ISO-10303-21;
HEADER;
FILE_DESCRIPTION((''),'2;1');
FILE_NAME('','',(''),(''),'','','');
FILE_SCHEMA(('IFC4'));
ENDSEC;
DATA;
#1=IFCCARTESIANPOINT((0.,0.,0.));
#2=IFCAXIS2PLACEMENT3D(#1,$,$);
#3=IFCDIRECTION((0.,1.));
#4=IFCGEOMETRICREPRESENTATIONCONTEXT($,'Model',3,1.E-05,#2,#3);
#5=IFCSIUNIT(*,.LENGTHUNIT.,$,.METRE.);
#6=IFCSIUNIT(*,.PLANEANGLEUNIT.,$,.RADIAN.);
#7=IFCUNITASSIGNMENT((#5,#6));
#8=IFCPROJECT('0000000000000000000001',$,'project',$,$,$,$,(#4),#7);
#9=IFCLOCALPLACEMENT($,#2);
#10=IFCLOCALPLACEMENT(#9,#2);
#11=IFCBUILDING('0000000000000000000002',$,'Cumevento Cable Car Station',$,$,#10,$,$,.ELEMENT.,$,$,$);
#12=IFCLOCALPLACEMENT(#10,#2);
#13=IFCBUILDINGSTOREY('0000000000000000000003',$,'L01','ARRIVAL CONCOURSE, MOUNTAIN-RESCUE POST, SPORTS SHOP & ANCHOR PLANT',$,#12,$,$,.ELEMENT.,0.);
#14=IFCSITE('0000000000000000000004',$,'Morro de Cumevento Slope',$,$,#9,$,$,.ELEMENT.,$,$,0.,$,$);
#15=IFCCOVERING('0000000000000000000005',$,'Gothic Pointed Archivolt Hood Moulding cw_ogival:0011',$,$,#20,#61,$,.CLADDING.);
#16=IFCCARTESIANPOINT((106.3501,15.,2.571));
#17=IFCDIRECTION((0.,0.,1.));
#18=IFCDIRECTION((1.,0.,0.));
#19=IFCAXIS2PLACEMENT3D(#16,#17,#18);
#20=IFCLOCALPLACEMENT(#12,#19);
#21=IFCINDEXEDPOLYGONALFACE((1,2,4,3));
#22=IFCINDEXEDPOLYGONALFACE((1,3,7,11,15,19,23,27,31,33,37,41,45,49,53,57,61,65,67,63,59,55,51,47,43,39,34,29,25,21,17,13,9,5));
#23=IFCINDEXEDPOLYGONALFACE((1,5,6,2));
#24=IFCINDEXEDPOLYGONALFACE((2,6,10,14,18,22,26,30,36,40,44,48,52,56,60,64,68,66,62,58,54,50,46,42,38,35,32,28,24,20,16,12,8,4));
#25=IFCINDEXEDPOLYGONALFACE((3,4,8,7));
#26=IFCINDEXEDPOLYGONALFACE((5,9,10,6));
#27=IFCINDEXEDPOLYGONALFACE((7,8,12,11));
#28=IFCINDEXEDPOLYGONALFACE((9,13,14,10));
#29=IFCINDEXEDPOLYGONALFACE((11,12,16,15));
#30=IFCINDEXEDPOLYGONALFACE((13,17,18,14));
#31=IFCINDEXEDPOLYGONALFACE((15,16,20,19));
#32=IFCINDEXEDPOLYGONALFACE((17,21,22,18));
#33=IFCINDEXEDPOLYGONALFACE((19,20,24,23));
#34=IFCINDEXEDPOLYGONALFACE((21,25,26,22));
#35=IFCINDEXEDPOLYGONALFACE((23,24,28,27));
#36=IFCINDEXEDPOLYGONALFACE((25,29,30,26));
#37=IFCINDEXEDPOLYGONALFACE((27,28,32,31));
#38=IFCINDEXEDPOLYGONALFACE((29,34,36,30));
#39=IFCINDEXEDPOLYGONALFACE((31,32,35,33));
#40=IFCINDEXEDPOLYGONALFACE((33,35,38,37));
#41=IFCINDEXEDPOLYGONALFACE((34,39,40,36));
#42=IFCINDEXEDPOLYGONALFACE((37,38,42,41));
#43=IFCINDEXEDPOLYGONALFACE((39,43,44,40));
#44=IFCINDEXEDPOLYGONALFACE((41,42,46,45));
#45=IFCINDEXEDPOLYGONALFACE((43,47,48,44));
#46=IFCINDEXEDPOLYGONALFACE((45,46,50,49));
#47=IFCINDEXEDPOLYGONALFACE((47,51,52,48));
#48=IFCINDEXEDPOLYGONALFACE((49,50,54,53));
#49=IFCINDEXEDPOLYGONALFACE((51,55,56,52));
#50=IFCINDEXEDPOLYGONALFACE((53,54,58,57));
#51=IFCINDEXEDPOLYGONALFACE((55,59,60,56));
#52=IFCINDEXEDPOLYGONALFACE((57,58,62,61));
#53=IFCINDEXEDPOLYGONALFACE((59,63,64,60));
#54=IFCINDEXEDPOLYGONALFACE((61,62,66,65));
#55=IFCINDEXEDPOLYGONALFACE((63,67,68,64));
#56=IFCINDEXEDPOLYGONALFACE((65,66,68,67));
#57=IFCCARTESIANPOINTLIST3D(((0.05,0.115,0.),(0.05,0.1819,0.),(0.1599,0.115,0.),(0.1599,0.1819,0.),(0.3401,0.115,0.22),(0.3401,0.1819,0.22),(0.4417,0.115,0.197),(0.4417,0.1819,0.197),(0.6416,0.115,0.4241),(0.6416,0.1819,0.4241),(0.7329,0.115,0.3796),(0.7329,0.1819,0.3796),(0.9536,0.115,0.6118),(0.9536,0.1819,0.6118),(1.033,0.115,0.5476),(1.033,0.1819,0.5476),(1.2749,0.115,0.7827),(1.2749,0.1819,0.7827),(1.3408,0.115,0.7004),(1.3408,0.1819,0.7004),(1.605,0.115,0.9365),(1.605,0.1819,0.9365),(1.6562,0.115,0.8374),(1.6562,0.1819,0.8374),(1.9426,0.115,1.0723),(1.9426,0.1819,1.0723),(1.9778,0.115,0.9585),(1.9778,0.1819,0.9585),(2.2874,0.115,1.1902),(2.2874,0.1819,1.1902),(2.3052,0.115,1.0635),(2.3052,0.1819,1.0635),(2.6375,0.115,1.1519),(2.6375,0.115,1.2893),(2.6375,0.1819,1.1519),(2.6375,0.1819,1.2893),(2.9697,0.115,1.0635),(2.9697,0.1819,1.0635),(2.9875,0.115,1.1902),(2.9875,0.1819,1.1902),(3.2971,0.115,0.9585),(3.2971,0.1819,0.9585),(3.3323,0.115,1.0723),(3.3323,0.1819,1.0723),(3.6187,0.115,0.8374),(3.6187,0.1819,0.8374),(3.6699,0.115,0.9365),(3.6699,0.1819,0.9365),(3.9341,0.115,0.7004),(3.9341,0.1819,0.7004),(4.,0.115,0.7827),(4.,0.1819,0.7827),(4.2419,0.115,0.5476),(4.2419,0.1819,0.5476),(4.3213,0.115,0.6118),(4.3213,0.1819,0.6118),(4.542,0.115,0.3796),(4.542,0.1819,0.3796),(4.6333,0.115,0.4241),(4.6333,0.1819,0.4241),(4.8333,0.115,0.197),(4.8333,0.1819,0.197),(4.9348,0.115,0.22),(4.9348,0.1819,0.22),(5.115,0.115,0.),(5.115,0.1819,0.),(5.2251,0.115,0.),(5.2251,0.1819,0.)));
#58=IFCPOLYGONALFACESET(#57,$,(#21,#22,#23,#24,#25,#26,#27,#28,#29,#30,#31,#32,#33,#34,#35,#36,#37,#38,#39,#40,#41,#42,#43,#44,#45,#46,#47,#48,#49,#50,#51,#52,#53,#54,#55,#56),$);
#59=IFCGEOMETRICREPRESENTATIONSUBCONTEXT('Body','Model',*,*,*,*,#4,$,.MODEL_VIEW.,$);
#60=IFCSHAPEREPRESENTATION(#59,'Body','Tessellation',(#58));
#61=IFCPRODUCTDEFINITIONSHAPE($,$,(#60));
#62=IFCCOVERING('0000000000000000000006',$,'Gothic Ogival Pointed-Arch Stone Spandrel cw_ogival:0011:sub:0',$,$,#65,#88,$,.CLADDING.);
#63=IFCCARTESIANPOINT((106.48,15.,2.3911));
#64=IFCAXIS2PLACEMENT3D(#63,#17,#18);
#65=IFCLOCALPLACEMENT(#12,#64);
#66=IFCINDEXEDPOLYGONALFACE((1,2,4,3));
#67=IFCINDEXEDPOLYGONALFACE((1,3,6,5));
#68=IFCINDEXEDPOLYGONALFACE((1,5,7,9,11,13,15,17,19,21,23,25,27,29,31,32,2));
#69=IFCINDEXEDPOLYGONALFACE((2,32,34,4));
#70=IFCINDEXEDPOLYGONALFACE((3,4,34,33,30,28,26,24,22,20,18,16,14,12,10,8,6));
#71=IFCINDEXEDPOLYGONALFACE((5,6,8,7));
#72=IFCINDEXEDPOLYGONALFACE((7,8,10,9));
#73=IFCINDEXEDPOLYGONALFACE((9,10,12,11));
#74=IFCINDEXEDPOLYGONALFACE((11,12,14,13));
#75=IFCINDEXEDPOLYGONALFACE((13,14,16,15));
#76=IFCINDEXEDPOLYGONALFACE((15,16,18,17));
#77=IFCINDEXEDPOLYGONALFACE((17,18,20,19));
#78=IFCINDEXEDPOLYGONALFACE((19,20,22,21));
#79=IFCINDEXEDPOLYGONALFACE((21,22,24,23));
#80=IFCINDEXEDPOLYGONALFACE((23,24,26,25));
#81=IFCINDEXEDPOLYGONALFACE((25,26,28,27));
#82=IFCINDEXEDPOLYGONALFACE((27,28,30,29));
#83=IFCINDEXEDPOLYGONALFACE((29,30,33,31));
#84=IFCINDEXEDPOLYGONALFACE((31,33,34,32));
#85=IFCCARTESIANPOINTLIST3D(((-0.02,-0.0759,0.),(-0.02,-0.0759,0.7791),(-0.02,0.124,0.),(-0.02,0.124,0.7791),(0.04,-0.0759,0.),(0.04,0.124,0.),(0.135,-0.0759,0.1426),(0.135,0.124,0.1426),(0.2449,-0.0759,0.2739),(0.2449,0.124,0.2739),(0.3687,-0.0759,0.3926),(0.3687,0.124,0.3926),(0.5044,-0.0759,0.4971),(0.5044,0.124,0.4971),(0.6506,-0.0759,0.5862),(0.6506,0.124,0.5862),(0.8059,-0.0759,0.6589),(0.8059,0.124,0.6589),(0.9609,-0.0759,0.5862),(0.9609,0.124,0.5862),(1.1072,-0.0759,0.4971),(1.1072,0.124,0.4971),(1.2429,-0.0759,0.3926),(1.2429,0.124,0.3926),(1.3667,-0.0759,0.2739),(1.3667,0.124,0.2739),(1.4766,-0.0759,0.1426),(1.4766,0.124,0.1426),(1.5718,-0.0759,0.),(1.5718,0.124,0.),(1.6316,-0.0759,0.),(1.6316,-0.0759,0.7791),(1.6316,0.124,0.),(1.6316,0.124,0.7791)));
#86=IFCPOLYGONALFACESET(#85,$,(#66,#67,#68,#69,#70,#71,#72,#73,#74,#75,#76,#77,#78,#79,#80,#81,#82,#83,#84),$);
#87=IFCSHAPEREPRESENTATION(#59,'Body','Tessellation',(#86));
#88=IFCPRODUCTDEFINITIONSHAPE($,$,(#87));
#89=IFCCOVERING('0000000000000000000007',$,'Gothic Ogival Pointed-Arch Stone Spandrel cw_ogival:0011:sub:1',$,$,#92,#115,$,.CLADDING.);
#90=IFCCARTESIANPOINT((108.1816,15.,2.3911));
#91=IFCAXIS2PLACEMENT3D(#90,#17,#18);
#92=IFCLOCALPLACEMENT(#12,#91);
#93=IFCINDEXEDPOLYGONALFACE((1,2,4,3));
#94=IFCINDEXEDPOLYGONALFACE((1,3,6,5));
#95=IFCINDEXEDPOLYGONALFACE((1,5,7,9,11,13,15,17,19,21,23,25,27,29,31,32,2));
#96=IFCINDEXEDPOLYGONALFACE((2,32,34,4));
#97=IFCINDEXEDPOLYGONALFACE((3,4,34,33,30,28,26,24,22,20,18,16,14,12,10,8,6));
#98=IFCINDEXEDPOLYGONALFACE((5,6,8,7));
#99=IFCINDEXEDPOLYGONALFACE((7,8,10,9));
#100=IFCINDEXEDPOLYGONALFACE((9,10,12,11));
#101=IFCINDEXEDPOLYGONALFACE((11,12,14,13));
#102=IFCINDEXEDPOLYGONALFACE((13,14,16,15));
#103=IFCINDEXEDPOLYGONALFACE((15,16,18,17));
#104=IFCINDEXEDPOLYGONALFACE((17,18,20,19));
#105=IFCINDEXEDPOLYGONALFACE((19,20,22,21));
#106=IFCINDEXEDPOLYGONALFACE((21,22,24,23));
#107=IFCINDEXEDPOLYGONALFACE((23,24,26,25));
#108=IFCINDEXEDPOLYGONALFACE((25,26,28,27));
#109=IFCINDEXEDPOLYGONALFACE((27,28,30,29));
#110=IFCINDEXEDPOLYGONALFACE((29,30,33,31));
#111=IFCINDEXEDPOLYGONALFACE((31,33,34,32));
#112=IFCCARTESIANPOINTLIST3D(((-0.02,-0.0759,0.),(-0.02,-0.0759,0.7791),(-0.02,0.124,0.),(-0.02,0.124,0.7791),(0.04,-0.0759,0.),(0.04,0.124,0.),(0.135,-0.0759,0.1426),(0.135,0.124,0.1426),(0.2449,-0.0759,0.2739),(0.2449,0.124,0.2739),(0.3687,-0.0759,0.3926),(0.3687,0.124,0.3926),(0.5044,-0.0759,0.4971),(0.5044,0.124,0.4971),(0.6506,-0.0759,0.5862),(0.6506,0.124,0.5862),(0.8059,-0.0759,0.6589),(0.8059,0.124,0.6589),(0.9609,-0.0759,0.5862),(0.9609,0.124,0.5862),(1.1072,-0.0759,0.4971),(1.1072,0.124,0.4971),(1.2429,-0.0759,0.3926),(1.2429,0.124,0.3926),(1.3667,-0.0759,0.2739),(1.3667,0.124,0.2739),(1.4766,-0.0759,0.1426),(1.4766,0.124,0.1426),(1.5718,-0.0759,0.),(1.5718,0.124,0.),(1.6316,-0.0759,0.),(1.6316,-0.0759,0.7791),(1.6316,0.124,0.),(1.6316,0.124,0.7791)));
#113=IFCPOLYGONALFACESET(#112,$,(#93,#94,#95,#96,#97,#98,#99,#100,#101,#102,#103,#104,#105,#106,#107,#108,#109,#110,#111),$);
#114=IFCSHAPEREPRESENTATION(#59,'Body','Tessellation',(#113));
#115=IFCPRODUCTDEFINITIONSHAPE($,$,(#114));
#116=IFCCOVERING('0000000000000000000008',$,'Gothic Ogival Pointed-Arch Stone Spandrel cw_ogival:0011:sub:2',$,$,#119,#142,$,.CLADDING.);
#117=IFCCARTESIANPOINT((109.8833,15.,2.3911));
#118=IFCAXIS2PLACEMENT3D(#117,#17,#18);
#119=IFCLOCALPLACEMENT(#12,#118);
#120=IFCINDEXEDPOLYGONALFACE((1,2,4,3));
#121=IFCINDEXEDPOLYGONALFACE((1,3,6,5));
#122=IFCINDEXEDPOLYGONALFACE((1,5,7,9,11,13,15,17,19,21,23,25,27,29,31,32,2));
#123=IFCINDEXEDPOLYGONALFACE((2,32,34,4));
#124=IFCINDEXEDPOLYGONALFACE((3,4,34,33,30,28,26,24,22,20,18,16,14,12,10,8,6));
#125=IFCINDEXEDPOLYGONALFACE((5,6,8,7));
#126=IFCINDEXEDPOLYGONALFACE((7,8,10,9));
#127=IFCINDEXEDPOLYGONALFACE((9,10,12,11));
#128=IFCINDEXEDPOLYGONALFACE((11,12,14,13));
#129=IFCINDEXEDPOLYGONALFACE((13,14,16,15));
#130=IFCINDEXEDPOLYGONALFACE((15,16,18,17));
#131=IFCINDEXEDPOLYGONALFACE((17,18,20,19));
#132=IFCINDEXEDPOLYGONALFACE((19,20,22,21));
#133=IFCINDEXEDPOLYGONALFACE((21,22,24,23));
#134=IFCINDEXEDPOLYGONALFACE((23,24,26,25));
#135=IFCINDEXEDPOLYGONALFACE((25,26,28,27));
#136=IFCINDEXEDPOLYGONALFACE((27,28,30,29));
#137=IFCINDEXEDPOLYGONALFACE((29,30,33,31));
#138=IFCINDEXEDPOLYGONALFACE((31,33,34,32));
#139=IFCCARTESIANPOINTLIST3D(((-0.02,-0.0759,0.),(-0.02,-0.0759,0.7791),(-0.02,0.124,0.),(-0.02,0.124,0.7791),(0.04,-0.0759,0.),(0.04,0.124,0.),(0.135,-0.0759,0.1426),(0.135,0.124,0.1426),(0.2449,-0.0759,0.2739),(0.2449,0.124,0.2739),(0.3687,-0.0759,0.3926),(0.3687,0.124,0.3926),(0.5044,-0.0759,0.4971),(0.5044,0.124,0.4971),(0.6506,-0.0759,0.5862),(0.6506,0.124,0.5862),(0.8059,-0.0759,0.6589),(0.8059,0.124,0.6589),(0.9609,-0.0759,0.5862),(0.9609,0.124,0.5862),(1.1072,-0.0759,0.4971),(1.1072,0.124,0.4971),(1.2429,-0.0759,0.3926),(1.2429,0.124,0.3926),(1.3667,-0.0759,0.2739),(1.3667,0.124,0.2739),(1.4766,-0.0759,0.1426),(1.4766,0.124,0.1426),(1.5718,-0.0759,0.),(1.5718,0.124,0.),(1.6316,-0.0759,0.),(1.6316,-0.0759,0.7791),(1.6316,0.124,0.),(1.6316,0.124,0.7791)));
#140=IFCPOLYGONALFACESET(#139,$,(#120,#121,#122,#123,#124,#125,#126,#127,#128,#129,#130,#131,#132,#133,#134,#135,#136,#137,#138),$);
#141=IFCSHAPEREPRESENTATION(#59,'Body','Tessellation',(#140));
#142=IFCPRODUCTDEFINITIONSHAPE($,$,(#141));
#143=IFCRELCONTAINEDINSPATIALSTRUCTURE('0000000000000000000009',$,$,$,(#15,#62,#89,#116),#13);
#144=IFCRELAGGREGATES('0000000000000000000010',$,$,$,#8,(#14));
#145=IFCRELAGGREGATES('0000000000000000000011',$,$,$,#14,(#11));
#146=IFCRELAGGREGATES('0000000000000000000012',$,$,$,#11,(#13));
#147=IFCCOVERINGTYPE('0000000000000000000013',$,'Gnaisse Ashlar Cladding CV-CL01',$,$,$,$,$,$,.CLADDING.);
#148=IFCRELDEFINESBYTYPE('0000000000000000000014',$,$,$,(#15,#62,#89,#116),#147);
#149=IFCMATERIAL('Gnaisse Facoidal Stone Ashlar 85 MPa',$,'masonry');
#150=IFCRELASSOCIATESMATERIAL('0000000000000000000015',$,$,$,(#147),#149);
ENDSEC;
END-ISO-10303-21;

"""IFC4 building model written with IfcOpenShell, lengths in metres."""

from ifc_helpers import new_model, si_unit, direction, frame, origin, place, context, subcontext, project, spatial, polyline, outline, extrude, material, type_object, element, save


model = new_model("IFC4")

# Units and contexts
model_context = context("Model", 3, precision=1e-05, world=origin(), true_north=direction((0.0, 1.0)))
body_context = subcontext(model_context, "Body", "Model", "MODEL_VIEW")
ifc_project = project(units=[si_unit("LENGTHUNIT", "METRE"), si_unit("PLANEANGLEUNIT", "RADIAN")], contexts=[model_context])

# Site, building, storey
site_placement = place(None, origin())
site = spatial("IfcSite", under=ifc_project, at=site_placement, Name="Morro de Cumevento Slope", CompositionType="ELEMENT", RefElevation=0.0)
building_placement = place(site_placement, origin())
building = spatial("IfcBuilding", under=site, at=building_placement, Name="Cumevento Cable Car Station", CompositionType="ELEMENT")
storey_placement = place(building_placement, origin())
storey = spatial("IfcBuildingStorey", under=building, at=storey_placement, Name="L01", Description="ARRIVAL CONCOURSE, MOUNTAIN-RESCUE POST, SPORTS SHOP & ANCHOR PLANT", CompositionType="ELEMENT", Elevation=0.0)

# Coverings
ifc_material_1 = material(Name="Gnaisse Facoidal Stone Ashlar 85 MPa", Category="masonry")
covering_type = type_object("IfcCoveringType", Name="Gnaisse Ashlar Cladding CV-CL01", PredefinedType="CLADDING", material=ifc_material_1)
covering_1_placement = place(storey_placement, frame((106.3501, 15.0, 2.571), z_axis=(0.0, 0.0, 1.0), x_axis=(1.0, 0.0, 0.0)))
element("IfcCovering", 1, at=covering_1_placement, inside=storey, type_object=covering_type, Name="Gothic Pointed Archivolt Hood Moulding cw_ogival:0011", PredefinedType="CLADDING", context=body_context, shape_type="SweptSolid", body=[
    extrude(outline(polyline([(0.1599, 0.0), (0.4417, 0.197), (0.7329, 0.3796), (1.033, 0.5476), (1.3408, 0.7004), (1.6562, 0.8374), (1.9778, 0.9585), (2.3052, 1.0635), (2.6375, 1.1519), (2.9697, 1.0635), (3.2971, 0.9585), (3.6187, 0.8374), (3.9341, 0.7004), (4.2419, 0.5476), (4.542, 0.3796), (4.8333, 0.197), (5.115, 0.0), (5.2251, 0.0), (4.9348, 0.22), (4.6333, 0.4241), (4.3213, 0.6118), (4.0, 0.7827), (3.6699, 0.9365), (3.3323, 1.0723), (2.9875, 1.1902), (2.6375, 1.2893), (2.2874, 1.1902), (1.9426, 1.0723), (1.605, 0.9365), (1.2749, 0.7827), (0.9536, 0.6118), (0.6416, 0.4241), (0.3401, 0.22), (0.05, 0.0), (0.1599, 0.0)])), frame((0.0, 0.1819, 0.0), z_axis=(0.0, -1.0, 0.0), x_axis=(1.0, 0.0, 0.0)), (0.0, 0.0, 1.0), 0.0669),
])
for number, where, z_axis, x_axis, name in (
    (2, (106.48, 15.0, 2.3911), (0.0, 0.0, 1.0), (1.0, 0.0, 0.0), "Gothic Ogival Pointed-Arch Stone Spandrel cw_ogival:0011:sub:0"),
    (3, (108.1816, 15.0, 2.3911), (0.0, 0.0, 1.0), (1.0, 0.0, 0.0), "Gothic Ogival Pointed-Arch Stone Spandrel cw_ogival:0011:sub:1"),
    (4, (109.8833, 15.0, 2.3911), (0.0, 0.0, 1.0), (1.0, 0.0, 0.0), "Gothic Ogival Pointed-Arch Stone Spandrel cw_ogival:0011:sub:2"),
):
    element("IfcCovering", number, at=place(storey_placement, frame(where, z_axis=z_axis, x_axis=x_axis)), inside=storey, type_object=covering_type, Name=name, PredefinedType="CLADDING", context=body_context, shape_type="SweptSolid", body=[
        extrude(outline(polyline([(-0.02, 0.0), (-0.02, 0.7791), (1.6316, 0.7791), (1.6316, 0.0), (1.5718, 0.0), (1.4766, 0.1426), (1.3667, 0.2739), (1.2429, 0.3926), (1.1072, 0.4971), (0.9609, 0.5862), (0.8059, 0.6589), (0.6506, 0.5862), (0.5044, 0.4971), (0.3687, 0.3926), (0.2449, 0.2739), (0.135, 0.1426), (0.04, 0.0), (-0.02, 0.0)])), frame((0.0, 0.124, 0.0), z_axis=(0.0, -1.0, 0.0), x_axis=(1.0, 0.0, 0.0)), (0.0, 0.0, 1.0), 0.2),
    ])

save(model, "model.ifc")
